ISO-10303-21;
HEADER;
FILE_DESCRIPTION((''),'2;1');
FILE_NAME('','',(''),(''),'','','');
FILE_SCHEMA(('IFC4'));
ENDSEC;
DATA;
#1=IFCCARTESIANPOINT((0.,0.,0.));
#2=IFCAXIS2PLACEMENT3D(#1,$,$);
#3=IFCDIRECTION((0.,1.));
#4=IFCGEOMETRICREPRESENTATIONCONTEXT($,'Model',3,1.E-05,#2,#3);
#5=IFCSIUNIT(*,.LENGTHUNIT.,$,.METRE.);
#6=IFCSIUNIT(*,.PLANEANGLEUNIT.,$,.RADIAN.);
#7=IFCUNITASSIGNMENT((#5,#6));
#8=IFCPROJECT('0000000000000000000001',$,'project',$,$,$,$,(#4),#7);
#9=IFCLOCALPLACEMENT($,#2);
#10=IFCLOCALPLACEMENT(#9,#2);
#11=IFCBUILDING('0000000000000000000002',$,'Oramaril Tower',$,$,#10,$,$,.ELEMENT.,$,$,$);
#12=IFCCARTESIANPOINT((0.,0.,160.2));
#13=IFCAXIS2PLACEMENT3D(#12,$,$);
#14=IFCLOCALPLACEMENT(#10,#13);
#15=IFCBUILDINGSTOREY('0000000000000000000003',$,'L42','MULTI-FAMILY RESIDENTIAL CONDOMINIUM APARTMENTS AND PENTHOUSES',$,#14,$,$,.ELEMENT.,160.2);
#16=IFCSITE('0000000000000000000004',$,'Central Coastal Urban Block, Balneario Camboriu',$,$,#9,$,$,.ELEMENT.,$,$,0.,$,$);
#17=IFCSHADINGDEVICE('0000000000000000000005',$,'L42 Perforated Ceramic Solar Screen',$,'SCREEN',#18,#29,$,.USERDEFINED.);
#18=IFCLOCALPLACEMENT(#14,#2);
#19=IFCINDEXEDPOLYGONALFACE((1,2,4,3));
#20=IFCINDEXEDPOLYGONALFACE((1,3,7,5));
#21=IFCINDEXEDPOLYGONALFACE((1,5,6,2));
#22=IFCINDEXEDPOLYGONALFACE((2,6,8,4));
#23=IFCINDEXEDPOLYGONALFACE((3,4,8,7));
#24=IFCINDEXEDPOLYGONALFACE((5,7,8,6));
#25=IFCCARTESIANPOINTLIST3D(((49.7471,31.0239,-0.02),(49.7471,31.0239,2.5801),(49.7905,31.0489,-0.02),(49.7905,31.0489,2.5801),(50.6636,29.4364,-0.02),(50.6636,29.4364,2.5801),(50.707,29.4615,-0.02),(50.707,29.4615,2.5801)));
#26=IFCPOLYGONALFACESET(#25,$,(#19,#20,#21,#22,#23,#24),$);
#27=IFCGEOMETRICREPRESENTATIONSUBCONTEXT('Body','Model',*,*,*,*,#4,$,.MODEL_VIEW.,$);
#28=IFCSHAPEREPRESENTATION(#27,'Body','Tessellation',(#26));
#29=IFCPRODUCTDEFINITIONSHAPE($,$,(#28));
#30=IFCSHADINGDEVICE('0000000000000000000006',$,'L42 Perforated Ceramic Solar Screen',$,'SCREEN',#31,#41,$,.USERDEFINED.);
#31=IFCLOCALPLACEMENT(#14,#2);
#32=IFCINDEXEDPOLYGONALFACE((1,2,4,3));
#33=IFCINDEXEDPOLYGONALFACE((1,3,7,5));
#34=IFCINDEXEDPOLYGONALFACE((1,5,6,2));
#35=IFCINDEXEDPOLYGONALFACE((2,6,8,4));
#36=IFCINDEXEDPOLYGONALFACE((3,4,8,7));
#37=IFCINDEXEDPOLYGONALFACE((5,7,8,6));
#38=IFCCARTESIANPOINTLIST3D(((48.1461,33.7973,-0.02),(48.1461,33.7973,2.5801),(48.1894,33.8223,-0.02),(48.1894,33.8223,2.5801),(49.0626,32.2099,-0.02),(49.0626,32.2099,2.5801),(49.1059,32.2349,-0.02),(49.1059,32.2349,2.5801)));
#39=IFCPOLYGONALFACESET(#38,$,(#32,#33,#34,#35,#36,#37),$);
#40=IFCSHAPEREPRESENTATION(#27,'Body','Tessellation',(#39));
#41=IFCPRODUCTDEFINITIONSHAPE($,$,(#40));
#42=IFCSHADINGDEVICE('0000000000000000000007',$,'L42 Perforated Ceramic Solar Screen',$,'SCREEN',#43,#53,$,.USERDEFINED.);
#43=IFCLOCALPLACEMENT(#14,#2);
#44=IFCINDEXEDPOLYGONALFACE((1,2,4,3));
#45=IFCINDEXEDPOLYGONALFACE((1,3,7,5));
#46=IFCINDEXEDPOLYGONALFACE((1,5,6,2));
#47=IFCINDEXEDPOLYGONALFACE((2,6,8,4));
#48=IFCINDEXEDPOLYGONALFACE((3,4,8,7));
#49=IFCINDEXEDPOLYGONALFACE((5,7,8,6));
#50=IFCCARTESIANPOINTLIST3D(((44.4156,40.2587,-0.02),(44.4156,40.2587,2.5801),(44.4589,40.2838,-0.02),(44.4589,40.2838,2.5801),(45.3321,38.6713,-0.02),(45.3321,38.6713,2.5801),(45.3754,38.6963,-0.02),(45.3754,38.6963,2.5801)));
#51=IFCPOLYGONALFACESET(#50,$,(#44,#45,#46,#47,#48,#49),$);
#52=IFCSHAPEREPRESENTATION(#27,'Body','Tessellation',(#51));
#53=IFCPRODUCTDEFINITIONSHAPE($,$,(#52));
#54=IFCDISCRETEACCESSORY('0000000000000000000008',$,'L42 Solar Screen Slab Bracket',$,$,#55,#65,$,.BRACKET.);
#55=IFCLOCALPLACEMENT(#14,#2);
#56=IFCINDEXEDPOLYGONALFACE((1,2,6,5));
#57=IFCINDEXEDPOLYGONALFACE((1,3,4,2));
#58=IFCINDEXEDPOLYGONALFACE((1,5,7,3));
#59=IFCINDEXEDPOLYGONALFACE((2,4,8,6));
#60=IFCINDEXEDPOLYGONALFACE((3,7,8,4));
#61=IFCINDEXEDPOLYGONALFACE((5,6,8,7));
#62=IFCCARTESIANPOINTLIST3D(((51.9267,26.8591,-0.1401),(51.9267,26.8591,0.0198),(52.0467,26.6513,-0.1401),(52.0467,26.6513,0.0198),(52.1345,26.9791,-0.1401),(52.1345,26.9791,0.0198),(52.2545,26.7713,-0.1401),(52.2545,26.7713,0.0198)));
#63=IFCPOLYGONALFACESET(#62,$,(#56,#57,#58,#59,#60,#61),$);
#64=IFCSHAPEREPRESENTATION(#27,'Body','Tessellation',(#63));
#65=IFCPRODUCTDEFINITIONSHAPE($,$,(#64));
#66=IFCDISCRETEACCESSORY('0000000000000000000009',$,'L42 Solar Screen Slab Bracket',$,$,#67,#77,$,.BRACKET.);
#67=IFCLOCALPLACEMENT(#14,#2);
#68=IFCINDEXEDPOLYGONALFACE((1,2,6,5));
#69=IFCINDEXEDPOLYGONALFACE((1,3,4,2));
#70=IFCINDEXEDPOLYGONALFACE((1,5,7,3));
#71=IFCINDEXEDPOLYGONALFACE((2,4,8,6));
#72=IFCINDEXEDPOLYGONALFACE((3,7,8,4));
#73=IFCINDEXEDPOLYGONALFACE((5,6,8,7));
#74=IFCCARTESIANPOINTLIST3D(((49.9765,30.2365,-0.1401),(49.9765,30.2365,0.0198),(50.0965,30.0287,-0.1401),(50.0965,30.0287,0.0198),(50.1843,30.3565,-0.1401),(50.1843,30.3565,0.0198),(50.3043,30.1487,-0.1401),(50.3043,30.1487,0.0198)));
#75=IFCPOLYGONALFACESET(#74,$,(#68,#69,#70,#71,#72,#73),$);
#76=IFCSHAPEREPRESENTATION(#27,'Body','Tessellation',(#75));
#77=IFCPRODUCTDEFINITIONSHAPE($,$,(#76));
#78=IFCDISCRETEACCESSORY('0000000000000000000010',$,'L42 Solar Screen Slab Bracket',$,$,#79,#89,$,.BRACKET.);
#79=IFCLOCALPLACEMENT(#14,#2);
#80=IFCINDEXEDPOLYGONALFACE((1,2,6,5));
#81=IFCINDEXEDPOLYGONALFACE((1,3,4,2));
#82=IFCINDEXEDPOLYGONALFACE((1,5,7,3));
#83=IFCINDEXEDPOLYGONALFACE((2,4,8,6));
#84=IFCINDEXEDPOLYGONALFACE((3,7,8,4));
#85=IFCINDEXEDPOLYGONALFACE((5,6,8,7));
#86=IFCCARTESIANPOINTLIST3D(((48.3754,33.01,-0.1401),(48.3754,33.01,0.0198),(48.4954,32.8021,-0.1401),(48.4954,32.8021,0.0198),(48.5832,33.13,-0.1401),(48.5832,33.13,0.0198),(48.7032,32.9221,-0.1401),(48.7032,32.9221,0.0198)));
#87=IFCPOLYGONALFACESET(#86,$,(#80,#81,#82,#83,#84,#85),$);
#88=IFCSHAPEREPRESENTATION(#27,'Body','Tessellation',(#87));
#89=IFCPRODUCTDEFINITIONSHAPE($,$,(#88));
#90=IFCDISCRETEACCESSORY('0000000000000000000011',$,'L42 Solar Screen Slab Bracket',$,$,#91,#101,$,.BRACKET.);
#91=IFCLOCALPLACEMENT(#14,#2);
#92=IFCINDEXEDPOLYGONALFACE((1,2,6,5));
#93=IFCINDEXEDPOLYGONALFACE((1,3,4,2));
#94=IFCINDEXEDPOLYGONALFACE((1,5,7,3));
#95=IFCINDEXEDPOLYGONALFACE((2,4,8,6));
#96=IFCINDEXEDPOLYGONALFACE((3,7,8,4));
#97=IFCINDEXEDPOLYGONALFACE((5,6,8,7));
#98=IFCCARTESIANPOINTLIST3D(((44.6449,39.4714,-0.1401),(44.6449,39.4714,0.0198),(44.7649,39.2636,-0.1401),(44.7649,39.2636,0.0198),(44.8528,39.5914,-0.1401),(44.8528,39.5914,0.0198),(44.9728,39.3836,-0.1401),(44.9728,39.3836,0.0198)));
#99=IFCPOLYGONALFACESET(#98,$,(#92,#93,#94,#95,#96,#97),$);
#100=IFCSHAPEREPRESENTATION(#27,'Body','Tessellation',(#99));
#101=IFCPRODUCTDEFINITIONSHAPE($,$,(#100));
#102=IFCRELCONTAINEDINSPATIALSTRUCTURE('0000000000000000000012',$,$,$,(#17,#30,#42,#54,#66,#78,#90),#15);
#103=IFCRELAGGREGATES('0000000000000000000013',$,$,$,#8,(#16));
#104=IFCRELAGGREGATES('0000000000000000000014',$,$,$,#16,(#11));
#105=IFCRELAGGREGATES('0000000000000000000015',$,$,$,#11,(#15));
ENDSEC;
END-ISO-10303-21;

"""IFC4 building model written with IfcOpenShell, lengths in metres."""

from ifc_helpers import new_model, si_unit, direction, frame, origin, origin_2d, place, context, subcontext, project, spatial, rectangle, extrude, element, save


model = new_model("IFC4")

# Units and contexts
model_context = context("Model", 3, precision=1e-05, world=origin(), true_north=direction((0.0, 1.0)))
body_context = subcontext(model_context, "Body", "Model", "MODEL_VIEW")
ifc_project = project(units=[si_unit("LENGTHUNIT", "METRE"), si_unit("PLANEANGLEUNIT", "RADIAN")], contexts=[model_context])

# Site, building, storey
site_placement = place(None, origin())
site = spatial("IfcSite", under=ifc_project, at=site_placement, Name="Central Coastal Urban Block, Balneario Camboriu", CompositionType="ELEMENT", RefElevation=0.0)
building_placement = place(site_placement, origin())
building = spatial("IfcBuilding", under=site, at=building_placement, Name="Oramaril Tower", CompositionType="ELEMENT")
storey_placement = place(building_placement, frame((0.0, 0.0, 160.2)))
storey = spatial("IfcBuildingStorey", under=building, at=storey_placement, Name="L42", Description="MULTI-FAMILY RESIDENTIAL CONDOMINIUM APARTMENTS AND PENTHOUSES", CompositionType="ELEMENT", Elevation=160.2)

# Shading devices
for number, where, z_axis, x_axis, name in (
    (1, (50.2271, 30.2427, -0.02), (0.0, 0.0, 1.0), (-0.5, 0.866025, 0.0), "L42 Perforated Ceramic Solar Screen"),
    (2, (48.626, 33.0161, -0.02), (0.0, 0.0, 1.0), (-0.5, 0.866025, 0.0), "L42 Perforated Ceramic Solar Screen"),
    (3, (44.8955, 39.4775, -0.02), (0.0, 0.0, 1.0), (-0.5, 0.866025, 0.0), "L42 Perforated Ceramic Solar Screen"),
):
    element("IfcShadingDevice", number, at=place(storey_placement, frame(where, z_axis=z_axis, x_axis=x_axis)), inside=storey, Name=name, ObjectType="SCREEN", PredefinedType="USERDEFINED", context=body_context, shape_type="SweptSolid", body=[
        extrude(rectangle(XDim=1.833, YDim=0.05, at=origin_2d()), origin(), (0.0, 0.0, 1.0), 2.6001),
    ])

# Discrete accessories
for number, where, z_axis, x_axis, name in (
    (4, (52.0906, 26.8152, -0.1401), (0.0, 0.0, 1.0), (-0.5, 0.866025, 0.0), "L42 Solar Screen Slab Bracket"),
    (5, (50.1404, 30.1926, -0.1401), (0.0, 0.0, 1.0), (-0.5, 0.866025, 0.0), "L42 Solar Screen Slab Bracket"),
    (6, (48.5393, 32.9661, -0.1401), (0.0, 0.0, 1.0), (-0.5, 0.866025, 0.0), "L42 Solar Screen Slab Bracket"),
    (7, (44.8088, 39.4275, -0.1401), (0.0, 0.0, 1.0), (-0.5, 0.866025, 0.0), "L42 Solar Screen Slab Bracket"),
):
    element("IfcDiscreteAccessory", number, at=place(storey_placement, frame(where, z_axis=z_axis, x_axis=x_axis)), inside=storey, Name=name, PredefinedType="BRACKET", context=body_context, shape_type="SweptSolid", body=[
        extrude(rectangle(XDim=0.24, YDim=0.24, at=origin_2d()), origin(), (0.0, 0.0, 1.0), 0.1599),
    ])

save(model, "model.ifc")
